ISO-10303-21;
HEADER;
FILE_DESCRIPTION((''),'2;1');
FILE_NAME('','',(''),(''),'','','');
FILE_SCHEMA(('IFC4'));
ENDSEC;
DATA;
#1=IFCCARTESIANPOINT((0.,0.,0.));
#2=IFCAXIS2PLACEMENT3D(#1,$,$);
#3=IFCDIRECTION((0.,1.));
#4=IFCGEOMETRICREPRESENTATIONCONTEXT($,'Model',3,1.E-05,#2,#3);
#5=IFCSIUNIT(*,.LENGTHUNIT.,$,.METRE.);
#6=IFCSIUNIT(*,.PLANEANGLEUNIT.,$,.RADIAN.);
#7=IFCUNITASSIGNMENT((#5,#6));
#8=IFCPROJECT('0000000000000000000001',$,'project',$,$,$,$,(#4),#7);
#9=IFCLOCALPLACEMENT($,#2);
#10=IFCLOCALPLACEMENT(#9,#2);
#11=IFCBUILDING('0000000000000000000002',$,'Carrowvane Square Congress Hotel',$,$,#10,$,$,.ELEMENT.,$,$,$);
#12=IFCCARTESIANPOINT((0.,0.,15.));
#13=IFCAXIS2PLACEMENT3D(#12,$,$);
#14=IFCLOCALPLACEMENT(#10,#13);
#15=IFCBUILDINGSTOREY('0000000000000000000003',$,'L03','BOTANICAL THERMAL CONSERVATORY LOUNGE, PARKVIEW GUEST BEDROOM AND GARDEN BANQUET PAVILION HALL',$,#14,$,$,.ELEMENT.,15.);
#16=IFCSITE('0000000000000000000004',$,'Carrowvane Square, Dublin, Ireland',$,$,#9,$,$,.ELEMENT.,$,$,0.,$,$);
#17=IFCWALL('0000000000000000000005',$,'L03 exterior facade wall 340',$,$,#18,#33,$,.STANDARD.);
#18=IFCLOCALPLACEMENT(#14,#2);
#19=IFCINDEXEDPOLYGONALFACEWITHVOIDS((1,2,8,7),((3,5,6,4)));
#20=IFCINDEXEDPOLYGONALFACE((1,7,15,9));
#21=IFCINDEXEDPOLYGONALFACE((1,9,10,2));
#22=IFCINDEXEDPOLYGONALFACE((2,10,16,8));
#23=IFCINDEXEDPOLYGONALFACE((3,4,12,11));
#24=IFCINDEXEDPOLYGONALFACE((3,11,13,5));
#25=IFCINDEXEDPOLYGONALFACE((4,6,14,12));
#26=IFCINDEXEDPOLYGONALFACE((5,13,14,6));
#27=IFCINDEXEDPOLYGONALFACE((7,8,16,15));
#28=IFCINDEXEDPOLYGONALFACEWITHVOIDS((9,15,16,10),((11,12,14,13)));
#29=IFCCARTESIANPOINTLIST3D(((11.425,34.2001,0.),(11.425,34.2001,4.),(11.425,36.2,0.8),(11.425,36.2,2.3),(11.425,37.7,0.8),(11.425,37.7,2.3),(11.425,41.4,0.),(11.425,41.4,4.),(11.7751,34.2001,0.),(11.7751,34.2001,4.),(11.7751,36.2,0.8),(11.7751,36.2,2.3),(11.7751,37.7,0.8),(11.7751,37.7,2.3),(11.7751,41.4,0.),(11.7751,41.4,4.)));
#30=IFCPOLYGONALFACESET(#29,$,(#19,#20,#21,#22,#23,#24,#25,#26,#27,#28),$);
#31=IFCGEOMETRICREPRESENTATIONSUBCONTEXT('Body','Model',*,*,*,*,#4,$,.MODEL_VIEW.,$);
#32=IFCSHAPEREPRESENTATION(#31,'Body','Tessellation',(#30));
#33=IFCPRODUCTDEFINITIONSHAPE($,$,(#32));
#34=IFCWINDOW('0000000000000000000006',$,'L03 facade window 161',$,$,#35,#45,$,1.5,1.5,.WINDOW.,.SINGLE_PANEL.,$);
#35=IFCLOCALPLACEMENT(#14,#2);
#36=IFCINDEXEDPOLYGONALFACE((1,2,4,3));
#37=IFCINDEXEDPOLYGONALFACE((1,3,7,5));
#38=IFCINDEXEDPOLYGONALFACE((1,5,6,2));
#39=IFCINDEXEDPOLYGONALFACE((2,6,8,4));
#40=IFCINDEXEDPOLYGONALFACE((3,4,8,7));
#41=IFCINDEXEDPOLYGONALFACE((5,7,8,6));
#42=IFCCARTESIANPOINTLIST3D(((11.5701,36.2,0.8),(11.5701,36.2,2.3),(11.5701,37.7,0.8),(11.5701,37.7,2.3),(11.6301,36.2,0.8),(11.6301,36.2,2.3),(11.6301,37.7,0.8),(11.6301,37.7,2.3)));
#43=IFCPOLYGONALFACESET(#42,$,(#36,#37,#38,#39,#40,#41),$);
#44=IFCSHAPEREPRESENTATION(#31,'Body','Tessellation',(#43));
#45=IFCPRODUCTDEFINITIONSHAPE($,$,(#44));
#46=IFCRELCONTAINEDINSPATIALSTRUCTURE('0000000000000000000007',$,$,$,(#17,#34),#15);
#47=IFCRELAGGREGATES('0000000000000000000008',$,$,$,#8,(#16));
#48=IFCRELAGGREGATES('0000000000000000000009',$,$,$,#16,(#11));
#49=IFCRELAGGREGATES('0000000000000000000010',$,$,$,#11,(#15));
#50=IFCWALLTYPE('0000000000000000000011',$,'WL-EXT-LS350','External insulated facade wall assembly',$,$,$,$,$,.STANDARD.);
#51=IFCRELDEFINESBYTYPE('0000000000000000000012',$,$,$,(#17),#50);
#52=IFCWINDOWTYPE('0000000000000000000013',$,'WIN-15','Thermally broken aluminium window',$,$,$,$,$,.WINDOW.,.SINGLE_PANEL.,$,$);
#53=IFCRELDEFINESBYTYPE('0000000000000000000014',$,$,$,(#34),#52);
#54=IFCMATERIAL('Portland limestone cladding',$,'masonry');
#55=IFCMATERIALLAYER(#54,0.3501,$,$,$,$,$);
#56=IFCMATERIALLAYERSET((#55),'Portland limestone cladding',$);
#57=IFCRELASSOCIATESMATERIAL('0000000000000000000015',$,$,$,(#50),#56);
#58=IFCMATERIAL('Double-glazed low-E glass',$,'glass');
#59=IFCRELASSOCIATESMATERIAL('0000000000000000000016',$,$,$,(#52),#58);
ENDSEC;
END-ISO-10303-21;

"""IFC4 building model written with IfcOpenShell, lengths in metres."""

from ifc_helpers import new_model, si_unit, direction, frame, frame_2d, origin, place, context, subcontext, project, spatial, rectangle, extrude, material, layer, layer_set, type_object, element, fill, save


model = new_model("IFC4")

# Units and contexts
model_context = context("Model", 3, precision=1e-05, world=origin(), true_north=direction((0.0, 1.0)))
body_context = subcontext(model_context, "Body", "Model", "MODEL_VIEW")
ifc_project = project(units=[si_unit("LENGTHUNIT", "METRE"), si_unit("PLANEANGLEUNIT", "RADIAN")], contexts=[model_context])

# Site, building, storey
site_placement = place(None, origin())
site = spatial("IfcSite", under=ifc_project, at=site_placement, Name="Carrowvane Square, Dublin, Ireland", CompositionType="ELEMENT", RefElevation=0.0)
building_placement = place(site_placement, origin())
building = spatial("IfcBuilding", under=site, at=building_placement, Name="Carrowvane Square Congress Hotel", CompositionType="ELEMENT")
storey_placement = place(building_placement, frame((0.0, 0.0, 15.0)))
storey = spatial("IfcBuildingStorey", under=building, at=storey_placement, Name="L03", Description="BOTANICAL THERMAL CONSERVATORY LOUNGE, PARKVIEW GUEST BEDROOM AND GARDEN BANQUET PAVILION HALL", CompositionType="ELEMENT", Elevation=15.0)

# Wall, opening, window
ifc_material_1 = material(Name="Portland limestone cladding", Category="masonry")
ifc_layer_1 = layer(ifc_material_1, 0.3501)
ifc_layer_set_1 = layer_set([ifc_layer_1], Name="Portland limestone cladding")
wall_type = type_object("IfcWallType", Name="WL-EXT-LS350", Description="External insulated facade wall assembly", PredefinedType="STANDARD", material=ifc_layer_set_1)
ifc_material_2 = material(Name="Double-glazed low-E glass", Category="glass")
window_type = type_object("IfcWindowType", Name="WIN-15", Description="Thermally broken aluminium window", PartitioningType="SINGLE_PANEL", PredefinedType="WINDOW", material=ifc_material_2)
wall_1_placement = place(storey_placement, frame((11.6001, 34.2, 0.0), z_axis=(0.0, 0.0, 1.0), x_axis=(0.0, 1.0, 0.0)))
wall_1 = element("IfcWall", 1, at=wall_1_placement, inside=storey, type_object=wall_type, Name="L03 exterior facade wall 340", PredefinedType="STANDARD", context=body_context, shape_type="SweptSolid", body=[
    extrude(rectangle(XDim=7.2, YDim=0.3501, at=frame_2d((3.6001, 0.0))), origin(), (0.0, 0.0, 1.0), 4.0),
])
opening_1_placement = place(wall_1_placement, frame((2.0, 0.0, 0.8)))
opening_1 = element("IfcOpeningElement", 2, at=opening_1_placement, cuts=wall_1, PredefinedType="OPENING", context=body_context, shape_type="SweptSolid", body=[
    extrude(rectangle(XDim=1.5, YDim=1.5, at=frame_2d((0.75, 0.75))), frame((0.0, 0.1851, 0.0), z_axis=(0.0, -1.0, 0.0), x_axis=(1.0, 0.0, 0.0)), (0.0, 0.0, 1.0), 0.3701),
])
window_1_placement = place(opening_1_placement, origin())
window_1 = element("IfcWindow", 3, at=window_1_placement, inside=storey, type_object=window_type, Name="L03 facade window 161", OverallHeight=1.5, OverallWidth=1.5, PartitioningType="SINGLE_PANEL", PredefinedType="WINDOW", context=body_context, shape_type="SweptSolid", body=[
    extrude(rectangle(XDim=1.5, YDim=1.5, at=frame_2d((0.75, 0.75))), frame((0.0, 0.03, 0.0), z_axis=(0.0, -1.0, 0.0), x_axis=(1.0, 0.0, 0.0)), (0.0, 0.0, 1.0), 0.0601),
])
fill(opening_1, window_1)

save(model, "model.ifc")
